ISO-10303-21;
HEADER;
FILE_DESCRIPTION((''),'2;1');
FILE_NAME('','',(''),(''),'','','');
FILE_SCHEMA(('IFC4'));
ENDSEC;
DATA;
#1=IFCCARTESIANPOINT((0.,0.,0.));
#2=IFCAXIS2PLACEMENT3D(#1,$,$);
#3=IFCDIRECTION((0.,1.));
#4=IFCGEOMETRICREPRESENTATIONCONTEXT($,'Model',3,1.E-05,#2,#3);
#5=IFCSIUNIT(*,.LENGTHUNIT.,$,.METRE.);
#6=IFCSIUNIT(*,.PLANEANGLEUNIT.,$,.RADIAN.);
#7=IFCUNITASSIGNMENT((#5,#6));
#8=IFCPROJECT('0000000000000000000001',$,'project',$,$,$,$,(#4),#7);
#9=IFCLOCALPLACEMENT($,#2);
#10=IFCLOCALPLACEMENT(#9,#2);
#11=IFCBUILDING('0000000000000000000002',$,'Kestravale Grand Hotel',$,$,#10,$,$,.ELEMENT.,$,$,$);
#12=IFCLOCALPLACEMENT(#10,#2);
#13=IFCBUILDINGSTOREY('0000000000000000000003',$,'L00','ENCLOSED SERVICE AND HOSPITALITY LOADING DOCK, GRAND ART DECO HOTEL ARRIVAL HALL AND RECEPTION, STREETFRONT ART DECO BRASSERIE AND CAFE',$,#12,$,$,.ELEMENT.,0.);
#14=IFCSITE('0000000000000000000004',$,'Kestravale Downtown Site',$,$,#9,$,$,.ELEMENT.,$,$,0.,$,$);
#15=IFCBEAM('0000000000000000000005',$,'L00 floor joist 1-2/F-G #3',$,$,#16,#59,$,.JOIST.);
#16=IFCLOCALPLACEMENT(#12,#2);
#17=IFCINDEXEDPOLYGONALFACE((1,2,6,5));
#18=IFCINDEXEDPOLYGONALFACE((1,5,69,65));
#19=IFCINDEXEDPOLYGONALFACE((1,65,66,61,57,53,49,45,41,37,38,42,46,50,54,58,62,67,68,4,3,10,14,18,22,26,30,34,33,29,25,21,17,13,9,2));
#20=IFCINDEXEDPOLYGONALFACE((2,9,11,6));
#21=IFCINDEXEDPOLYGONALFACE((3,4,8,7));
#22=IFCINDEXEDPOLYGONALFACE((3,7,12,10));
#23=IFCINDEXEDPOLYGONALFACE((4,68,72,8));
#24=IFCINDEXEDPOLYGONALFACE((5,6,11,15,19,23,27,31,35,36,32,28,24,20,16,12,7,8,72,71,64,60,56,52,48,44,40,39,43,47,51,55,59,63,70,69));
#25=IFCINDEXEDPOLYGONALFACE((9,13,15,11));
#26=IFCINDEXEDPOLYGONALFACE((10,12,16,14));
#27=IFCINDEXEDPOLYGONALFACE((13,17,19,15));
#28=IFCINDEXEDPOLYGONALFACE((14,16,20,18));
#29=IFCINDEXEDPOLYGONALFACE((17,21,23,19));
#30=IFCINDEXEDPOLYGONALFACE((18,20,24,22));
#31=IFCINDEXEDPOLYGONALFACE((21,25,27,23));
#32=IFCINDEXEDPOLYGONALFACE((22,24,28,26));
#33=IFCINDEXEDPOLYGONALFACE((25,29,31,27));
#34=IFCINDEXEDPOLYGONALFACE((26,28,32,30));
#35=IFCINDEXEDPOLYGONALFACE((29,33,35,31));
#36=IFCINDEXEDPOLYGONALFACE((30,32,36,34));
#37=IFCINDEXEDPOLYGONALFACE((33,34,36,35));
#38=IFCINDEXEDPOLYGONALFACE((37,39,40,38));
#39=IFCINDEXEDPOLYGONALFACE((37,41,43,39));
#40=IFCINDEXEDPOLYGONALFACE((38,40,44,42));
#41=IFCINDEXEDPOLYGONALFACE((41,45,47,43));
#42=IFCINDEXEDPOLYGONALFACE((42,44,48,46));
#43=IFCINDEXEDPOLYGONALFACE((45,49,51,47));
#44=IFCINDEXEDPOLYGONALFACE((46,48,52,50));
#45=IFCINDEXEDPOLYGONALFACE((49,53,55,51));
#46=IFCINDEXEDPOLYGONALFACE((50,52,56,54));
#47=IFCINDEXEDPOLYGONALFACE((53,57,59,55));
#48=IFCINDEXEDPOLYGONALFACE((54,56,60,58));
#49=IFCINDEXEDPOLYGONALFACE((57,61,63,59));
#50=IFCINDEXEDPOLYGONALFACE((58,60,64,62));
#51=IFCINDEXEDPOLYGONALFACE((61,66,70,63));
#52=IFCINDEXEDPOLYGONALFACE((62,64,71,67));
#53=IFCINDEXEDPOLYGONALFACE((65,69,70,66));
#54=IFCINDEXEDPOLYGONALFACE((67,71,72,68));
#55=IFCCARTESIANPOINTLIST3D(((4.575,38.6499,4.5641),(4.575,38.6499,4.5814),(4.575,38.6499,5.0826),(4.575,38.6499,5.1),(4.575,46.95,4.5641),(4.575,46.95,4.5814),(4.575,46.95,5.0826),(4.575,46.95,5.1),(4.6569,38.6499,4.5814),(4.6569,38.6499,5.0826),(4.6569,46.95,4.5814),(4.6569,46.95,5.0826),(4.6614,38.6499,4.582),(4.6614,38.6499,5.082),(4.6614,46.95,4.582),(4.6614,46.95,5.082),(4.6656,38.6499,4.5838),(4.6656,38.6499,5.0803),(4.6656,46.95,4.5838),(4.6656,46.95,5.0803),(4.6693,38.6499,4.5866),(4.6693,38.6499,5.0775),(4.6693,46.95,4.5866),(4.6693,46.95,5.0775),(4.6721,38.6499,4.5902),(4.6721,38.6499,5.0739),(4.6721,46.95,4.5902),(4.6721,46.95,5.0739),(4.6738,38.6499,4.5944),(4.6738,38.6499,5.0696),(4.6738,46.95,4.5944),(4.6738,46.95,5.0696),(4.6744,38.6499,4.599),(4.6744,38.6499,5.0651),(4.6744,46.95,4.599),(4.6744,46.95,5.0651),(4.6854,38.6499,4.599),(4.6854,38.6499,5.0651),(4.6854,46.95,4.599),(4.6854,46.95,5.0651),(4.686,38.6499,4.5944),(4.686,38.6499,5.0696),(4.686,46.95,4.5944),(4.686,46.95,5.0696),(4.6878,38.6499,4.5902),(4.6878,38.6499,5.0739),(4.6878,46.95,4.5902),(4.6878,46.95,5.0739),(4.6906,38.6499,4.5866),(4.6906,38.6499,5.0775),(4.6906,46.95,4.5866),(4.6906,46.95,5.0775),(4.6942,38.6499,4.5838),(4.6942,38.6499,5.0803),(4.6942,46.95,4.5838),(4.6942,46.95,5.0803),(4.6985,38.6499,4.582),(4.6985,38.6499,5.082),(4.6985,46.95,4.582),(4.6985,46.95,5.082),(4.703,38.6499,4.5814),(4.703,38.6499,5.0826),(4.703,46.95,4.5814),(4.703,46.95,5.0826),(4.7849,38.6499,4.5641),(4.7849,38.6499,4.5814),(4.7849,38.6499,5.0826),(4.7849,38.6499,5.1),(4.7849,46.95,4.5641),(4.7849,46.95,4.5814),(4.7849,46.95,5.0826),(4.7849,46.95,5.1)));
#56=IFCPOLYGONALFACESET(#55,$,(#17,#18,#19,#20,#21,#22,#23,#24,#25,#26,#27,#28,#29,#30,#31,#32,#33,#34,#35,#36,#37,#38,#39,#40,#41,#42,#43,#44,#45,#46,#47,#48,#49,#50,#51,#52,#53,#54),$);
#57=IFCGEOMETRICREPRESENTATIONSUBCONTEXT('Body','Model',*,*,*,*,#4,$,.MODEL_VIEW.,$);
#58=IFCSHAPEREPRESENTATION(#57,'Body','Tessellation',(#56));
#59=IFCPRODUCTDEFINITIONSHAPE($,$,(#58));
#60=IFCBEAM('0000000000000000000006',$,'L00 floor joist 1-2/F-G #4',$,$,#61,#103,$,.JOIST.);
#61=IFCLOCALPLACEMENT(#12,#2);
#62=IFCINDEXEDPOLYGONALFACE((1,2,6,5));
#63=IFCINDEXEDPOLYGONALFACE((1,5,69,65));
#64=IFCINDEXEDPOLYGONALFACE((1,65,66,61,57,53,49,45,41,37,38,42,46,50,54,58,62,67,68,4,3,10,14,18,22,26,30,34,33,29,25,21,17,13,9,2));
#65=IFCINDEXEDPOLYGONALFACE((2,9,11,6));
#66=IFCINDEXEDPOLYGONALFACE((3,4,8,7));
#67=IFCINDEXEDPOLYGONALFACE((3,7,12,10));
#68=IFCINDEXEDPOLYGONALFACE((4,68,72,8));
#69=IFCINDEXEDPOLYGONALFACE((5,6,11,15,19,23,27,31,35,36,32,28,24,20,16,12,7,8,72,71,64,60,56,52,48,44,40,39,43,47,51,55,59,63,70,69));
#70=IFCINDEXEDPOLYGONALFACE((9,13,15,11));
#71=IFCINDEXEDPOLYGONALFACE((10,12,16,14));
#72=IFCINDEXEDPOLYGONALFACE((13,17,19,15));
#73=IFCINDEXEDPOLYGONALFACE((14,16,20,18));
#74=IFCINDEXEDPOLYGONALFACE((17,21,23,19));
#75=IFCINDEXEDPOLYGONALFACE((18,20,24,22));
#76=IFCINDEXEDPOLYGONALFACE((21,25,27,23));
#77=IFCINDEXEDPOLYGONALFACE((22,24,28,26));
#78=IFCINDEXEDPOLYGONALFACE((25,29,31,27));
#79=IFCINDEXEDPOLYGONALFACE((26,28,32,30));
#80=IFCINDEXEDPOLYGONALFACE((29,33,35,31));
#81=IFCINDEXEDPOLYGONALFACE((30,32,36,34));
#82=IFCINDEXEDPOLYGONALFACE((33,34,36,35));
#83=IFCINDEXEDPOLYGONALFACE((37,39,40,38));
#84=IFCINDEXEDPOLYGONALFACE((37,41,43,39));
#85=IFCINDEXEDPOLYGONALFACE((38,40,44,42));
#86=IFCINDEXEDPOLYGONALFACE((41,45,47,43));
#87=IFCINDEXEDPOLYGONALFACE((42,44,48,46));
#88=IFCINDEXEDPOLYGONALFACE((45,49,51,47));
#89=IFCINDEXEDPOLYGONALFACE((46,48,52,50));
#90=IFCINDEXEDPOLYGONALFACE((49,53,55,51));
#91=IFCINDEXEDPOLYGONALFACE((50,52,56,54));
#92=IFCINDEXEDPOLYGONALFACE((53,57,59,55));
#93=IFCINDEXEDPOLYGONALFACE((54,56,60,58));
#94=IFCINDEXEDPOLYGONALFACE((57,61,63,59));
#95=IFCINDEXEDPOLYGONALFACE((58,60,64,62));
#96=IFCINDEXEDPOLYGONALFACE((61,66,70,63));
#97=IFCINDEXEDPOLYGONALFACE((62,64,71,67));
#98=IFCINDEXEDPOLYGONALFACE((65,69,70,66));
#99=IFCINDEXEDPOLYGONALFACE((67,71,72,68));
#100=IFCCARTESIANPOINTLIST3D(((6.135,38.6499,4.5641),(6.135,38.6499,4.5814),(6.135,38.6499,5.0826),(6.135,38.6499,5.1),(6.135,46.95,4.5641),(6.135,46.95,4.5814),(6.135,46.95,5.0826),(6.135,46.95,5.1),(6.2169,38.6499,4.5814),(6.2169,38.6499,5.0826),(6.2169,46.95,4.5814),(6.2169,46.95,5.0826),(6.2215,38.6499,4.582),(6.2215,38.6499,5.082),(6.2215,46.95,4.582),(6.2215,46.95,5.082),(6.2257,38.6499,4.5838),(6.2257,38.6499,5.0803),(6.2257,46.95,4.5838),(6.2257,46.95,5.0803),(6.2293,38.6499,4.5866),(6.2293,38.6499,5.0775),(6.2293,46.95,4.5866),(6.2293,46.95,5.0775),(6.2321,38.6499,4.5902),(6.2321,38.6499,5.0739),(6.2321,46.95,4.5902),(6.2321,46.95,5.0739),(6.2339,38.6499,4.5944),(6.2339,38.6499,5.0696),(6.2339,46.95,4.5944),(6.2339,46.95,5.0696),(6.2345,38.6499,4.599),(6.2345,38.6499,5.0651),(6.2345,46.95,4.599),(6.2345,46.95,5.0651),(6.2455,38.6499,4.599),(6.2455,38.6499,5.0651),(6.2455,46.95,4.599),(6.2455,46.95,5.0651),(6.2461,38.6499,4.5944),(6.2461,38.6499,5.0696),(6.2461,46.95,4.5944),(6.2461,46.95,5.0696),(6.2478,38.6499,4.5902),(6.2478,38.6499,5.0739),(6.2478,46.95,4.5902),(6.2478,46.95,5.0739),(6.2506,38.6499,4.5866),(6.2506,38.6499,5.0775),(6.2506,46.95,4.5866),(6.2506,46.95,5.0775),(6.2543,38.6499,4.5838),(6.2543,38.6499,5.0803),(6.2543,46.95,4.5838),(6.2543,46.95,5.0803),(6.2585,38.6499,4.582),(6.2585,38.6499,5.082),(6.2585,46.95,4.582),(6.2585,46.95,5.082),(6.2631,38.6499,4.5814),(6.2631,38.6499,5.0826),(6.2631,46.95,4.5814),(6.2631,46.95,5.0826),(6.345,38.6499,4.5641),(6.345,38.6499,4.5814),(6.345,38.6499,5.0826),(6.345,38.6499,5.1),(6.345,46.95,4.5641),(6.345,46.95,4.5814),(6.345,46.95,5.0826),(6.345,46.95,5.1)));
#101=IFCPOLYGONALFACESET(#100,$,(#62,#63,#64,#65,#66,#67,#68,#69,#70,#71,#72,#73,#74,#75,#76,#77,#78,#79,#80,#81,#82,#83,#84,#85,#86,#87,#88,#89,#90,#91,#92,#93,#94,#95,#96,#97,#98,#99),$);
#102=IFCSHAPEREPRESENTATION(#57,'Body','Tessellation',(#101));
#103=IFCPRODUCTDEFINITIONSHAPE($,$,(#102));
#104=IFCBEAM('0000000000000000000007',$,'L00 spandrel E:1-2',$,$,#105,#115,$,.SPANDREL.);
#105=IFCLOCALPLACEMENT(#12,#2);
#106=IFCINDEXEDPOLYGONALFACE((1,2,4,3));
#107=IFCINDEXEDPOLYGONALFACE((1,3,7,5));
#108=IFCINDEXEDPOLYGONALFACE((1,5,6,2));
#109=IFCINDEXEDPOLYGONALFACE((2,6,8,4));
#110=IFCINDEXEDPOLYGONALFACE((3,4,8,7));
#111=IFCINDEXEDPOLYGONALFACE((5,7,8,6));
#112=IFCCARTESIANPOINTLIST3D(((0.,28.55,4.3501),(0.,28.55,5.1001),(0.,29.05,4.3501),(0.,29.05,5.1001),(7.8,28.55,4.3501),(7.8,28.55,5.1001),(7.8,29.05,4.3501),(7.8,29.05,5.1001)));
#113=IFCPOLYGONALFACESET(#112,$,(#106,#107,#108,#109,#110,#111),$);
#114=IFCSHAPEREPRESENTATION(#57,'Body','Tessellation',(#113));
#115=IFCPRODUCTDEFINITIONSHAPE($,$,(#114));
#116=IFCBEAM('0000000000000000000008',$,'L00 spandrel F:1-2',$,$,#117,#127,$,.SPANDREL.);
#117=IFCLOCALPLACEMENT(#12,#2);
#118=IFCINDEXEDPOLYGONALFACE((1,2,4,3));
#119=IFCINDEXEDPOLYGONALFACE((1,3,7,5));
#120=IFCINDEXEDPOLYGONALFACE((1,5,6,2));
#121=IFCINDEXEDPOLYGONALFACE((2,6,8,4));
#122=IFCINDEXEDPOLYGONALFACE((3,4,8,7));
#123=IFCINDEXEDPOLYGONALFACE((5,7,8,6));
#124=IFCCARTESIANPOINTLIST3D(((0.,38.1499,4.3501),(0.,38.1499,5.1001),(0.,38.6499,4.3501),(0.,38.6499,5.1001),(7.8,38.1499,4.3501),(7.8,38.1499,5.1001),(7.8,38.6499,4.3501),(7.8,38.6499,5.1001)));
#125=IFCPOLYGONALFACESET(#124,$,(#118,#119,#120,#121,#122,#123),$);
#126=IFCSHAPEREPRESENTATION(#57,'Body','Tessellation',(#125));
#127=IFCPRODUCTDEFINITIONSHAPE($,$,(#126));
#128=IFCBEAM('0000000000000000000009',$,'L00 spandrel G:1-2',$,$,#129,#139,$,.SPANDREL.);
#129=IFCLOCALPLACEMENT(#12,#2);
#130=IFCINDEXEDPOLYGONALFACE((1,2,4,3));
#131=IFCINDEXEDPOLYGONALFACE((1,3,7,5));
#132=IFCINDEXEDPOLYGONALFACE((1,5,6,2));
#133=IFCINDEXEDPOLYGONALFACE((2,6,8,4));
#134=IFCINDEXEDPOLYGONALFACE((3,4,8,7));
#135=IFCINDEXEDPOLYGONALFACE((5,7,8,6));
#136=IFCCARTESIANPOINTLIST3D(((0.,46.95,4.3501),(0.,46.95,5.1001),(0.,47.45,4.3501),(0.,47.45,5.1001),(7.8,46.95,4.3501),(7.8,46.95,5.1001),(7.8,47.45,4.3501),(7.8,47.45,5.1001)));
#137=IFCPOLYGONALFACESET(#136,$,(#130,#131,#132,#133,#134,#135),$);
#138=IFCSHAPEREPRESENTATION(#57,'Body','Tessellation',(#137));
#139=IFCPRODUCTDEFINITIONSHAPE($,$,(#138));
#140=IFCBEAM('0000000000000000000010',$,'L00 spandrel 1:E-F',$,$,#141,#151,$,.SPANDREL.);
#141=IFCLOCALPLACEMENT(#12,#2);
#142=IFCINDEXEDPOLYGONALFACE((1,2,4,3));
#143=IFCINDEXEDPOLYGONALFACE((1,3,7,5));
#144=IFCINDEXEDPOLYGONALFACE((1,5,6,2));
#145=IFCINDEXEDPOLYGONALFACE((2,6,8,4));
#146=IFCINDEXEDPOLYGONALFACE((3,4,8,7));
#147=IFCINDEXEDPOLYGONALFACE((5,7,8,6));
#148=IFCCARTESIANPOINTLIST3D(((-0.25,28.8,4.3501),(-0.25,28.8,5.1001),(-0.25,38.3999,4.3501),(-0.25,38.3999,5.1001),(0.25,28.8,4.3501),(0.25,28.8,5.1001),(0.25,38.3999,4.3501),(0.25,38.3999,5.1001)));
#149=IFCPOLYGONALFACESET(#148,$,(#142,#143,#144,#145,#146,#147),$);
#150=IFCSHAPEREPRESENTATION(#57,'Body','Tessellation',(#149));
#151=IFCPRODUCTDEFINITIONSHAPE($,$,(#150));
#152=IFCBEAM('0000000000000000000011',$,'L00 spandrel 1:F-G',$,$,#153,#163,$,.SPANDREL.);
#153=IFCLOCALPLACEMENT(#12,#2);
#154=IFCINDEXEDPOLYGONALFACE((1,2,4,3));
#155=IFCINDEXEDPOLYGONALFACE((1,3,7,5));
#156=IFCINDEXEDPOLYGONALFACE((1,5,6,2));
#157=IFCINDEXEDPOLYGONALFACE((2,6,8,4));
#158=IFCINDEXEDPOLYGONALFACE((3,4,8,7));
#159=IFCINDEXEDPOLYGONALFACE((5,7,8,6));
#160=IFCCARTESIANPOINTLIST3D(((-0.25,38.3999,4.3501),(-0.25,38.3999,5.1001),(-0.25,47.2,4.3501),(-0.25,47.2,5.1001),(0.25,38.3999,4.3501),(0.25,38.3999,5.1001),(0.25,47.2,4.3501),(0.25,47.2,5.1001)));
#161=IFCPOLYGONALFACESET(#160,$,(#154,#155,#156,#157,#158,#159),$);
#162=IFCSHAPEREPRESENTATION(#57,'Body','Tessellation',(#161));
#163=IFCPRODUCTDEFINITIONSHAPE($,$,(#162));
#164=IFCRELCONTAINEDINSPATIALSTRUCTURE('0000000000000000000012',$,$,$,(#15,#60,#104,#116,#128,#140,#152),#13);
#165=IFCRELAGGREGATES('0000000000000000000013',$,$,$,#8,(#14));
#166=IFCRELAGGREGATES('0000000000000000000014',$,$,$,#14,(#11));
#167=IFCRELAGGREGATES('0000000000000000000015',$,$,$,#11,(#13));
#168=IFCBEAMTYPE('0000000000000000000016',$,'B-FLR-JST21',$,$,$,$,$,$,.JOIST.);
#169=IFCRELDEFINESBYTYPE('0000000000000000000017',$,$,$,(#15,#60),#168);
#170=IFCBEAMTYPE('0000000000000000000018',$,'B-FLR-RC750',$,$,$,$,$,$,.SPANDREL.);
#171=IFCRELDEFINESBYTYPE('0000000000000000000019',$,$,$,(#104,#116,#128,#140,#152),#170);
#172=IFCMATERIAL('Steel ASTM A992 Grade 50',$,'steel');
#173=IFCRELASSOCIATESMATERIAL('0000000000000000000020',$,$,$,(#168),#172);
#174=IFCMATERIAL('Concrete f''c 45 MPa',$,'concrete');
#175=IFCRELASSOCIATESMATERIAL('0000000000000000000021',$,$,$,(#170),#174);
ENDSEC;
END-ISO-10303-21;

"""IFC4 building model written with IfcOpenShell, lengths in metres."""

from ifc_helpers import new_model, si_unit, direction, frame, origin, origin_2d, place, context, subcontext, project, spatial, rectangle, i_section, extrude, material, material_profile, profile_set, type_object, element, save


model = new_model("IFC4")

# Units and contexts
model_context = context("Model", 3, precision=1e-05, world=origin(), true_north=direction((0.0, 1.0)))
body_context = subcontext(model_context, "Body", "Model", "MODEL_VIEW")
ifc_project = project(units=[si_unit("LENGTHUNIT", "METRE"), si_unit("PLANEANGLEUNIT", "RADIAN")], contexts=[model_context])

# Site, building, storey
site_placement = place(None, origin())
site = spatial("IfcSite", under=ifc_project, at=site_placement, Name="Kestravale Downtown Site", CompositionType="ELEMENT", RefElevation=0.0)
building_placement = place(site_placement, origin())
building = spatial("IfcBuilding", under=site, at=building_placement, Name="Kestravale Grand Hotel", CompositionType="ELEMENT")
storey_placement = place(building_placement, origin())
storey = spatial("IfcBuildingStorey", under=building, at=storey_placement, Name="L00", Description="ENCLOSED SERVICE AND HOSPITALITY LOADING DOCK, GRAND ART DECO HOTEL ARRIVAL HALL AND RECEPTION, STREETFRONT ART DECO BRASSERIE AND CAFE", CompositionType="ELEMENT", Elevation=0.0)

# Beams
ifc_material_1 = material(Name="Steel ASTM A992 Grade 50", Category="steel")
ifc_material_profile_1 = material_profile(ifc_material_1, i_section(OverallWidth=0.21, OverallDepth=0.5359, WebThickness=0.011, FlangeThickness=0.0173, FilletRadius=0.0176, at=origin_2d()))
ifc_profile_set_1 = profile_set([ifc_material_profile_1], Name="Steel ASTM A992 Grade 50")
beam_type_1 = type_object("IfcBeamType", Name="B-FLR-JST21", PredefinedType="JOIST", material=ifc_profile_set_1)
for number, where, z_axis, x_axis, name in (
    (1, (4.6799, 38.6499, 4.832), (0.0, 1.0, 0.0), (-1.0, 0.0, 0.0), "L00 floor joist 1-2/F-G #3"),
    (2, (6.24, 38.6499, 4.832), (0.0, 1.0, 0.0), (-1.0, 0.0, 0.0), "L00 floor joist 1-2/F-G #4"),
):
    element("IfcBeam", number, at=place(storey_placement, frame(where, z_axis=z_axis, x_axis=x_axis)), inside=storey, type_object=beam_type_1, Name=name, PredefinedType="JOIST", context=body_context, shape_type="SweptSolid", body=[
        extrude(i_section(OverallWidth=0.21, OverallDepth=0.5359, WebThickness=0.011, FlangeThickness=0.0173, FilletRadius=0.0176, at=origin_2d()), origin(), (0.0, 0.0, 1.0), 8.3),
    ])
ifc_material_2 = material(Name="Concrete f'c 45 MPa", Category="concrete")
ifc_material_profile_2 = material_profile(ifc_material_2, rectangle(XDim=0.5, YDim=0.75, at=origin_2d()))
ifc_profile_set_2 = profile_set([ifc_material_profile_2], Name="Concrete f'c 45 MPa")
beam_type_2 = type_object("IfcBeamType", Name="B-FLR-RC750", PredefinedType="SPANDREL", material=ifc_profile_set_2)
for number, where, z_axis, x_axis, name in (
    (3, (0.0, 28.8, 4.7251), (1.0, 0.0, 0.0), (0.0, 1.0, 0.0), "L00 spandrel E:1-2"),
    (4, (0.0, 38.3999, 4.7251), (1.0, 0.0, 0.0), (0.0, 1.0, 0.0), "L00 spandrel F:1-2"),
    (5, (0.0, 47.2, 4.7251), (1.0, 0.0, 0.0), (0.0, 1.0, 0.0), "L00 spandrel G:1-2"),
):
    element("IfcBeam", number, at=place(storey_placement, frame(where, z_axis=z_axis, x_axis=x_axis)), inside=storey, type_object=beam_type_2, Name=name, PredefinedType="SPANDREL", context=body_context, shape_type="SweptSolid", body=[
        extrude(rectangle(XDim=0.5, YDim=0.75, at=origin_2d()), origin(), (0.0, 0.0, 1.0), 7.8),
    ])
beam_1_placement = place(storey_placement, frame((0.0, 28.8, 4.7251), z_axis=(0.0, 1.0, 0.0), x_axis=(-1.0, 0.0, 0.0)))
element("IfcBeam", 6, at=beam_1_placement, inside=storey, type_object=beam_type_2, Name="L00 spandrel 1:E-F", PredefinedType="SPANDREL", context=body_context, shape_type="SweptSolid", body=[
    extrude(rectangle(XDim=0.5, YDim=0.75, at=origin_2d()), origin(), (0.0, 0.0, 1.0), 9.5999),
])
beam_2_placement = place(storey_placement, frame((0.0, 38.3999, 4.7251), z_axis=(0.0, 1.0, 0.0), x_axis=(-1.0, 0.0, 0.0)))
element("IfcBeam", 7, at=beam_2_placement, inside=storey, type_object=beam_type_2, Name="L00 spandrel 1:F-G", PredefinedType="SPANDREL", context=body_context, shape_type="SweptSolid", body=[
    extrude(rectangle(XDim=0.5, YDim=0.75, at=origin_2d()), origin(), (0.0, 0.0, 1.0), 8.8),
])

save(model, "model.ifc")
